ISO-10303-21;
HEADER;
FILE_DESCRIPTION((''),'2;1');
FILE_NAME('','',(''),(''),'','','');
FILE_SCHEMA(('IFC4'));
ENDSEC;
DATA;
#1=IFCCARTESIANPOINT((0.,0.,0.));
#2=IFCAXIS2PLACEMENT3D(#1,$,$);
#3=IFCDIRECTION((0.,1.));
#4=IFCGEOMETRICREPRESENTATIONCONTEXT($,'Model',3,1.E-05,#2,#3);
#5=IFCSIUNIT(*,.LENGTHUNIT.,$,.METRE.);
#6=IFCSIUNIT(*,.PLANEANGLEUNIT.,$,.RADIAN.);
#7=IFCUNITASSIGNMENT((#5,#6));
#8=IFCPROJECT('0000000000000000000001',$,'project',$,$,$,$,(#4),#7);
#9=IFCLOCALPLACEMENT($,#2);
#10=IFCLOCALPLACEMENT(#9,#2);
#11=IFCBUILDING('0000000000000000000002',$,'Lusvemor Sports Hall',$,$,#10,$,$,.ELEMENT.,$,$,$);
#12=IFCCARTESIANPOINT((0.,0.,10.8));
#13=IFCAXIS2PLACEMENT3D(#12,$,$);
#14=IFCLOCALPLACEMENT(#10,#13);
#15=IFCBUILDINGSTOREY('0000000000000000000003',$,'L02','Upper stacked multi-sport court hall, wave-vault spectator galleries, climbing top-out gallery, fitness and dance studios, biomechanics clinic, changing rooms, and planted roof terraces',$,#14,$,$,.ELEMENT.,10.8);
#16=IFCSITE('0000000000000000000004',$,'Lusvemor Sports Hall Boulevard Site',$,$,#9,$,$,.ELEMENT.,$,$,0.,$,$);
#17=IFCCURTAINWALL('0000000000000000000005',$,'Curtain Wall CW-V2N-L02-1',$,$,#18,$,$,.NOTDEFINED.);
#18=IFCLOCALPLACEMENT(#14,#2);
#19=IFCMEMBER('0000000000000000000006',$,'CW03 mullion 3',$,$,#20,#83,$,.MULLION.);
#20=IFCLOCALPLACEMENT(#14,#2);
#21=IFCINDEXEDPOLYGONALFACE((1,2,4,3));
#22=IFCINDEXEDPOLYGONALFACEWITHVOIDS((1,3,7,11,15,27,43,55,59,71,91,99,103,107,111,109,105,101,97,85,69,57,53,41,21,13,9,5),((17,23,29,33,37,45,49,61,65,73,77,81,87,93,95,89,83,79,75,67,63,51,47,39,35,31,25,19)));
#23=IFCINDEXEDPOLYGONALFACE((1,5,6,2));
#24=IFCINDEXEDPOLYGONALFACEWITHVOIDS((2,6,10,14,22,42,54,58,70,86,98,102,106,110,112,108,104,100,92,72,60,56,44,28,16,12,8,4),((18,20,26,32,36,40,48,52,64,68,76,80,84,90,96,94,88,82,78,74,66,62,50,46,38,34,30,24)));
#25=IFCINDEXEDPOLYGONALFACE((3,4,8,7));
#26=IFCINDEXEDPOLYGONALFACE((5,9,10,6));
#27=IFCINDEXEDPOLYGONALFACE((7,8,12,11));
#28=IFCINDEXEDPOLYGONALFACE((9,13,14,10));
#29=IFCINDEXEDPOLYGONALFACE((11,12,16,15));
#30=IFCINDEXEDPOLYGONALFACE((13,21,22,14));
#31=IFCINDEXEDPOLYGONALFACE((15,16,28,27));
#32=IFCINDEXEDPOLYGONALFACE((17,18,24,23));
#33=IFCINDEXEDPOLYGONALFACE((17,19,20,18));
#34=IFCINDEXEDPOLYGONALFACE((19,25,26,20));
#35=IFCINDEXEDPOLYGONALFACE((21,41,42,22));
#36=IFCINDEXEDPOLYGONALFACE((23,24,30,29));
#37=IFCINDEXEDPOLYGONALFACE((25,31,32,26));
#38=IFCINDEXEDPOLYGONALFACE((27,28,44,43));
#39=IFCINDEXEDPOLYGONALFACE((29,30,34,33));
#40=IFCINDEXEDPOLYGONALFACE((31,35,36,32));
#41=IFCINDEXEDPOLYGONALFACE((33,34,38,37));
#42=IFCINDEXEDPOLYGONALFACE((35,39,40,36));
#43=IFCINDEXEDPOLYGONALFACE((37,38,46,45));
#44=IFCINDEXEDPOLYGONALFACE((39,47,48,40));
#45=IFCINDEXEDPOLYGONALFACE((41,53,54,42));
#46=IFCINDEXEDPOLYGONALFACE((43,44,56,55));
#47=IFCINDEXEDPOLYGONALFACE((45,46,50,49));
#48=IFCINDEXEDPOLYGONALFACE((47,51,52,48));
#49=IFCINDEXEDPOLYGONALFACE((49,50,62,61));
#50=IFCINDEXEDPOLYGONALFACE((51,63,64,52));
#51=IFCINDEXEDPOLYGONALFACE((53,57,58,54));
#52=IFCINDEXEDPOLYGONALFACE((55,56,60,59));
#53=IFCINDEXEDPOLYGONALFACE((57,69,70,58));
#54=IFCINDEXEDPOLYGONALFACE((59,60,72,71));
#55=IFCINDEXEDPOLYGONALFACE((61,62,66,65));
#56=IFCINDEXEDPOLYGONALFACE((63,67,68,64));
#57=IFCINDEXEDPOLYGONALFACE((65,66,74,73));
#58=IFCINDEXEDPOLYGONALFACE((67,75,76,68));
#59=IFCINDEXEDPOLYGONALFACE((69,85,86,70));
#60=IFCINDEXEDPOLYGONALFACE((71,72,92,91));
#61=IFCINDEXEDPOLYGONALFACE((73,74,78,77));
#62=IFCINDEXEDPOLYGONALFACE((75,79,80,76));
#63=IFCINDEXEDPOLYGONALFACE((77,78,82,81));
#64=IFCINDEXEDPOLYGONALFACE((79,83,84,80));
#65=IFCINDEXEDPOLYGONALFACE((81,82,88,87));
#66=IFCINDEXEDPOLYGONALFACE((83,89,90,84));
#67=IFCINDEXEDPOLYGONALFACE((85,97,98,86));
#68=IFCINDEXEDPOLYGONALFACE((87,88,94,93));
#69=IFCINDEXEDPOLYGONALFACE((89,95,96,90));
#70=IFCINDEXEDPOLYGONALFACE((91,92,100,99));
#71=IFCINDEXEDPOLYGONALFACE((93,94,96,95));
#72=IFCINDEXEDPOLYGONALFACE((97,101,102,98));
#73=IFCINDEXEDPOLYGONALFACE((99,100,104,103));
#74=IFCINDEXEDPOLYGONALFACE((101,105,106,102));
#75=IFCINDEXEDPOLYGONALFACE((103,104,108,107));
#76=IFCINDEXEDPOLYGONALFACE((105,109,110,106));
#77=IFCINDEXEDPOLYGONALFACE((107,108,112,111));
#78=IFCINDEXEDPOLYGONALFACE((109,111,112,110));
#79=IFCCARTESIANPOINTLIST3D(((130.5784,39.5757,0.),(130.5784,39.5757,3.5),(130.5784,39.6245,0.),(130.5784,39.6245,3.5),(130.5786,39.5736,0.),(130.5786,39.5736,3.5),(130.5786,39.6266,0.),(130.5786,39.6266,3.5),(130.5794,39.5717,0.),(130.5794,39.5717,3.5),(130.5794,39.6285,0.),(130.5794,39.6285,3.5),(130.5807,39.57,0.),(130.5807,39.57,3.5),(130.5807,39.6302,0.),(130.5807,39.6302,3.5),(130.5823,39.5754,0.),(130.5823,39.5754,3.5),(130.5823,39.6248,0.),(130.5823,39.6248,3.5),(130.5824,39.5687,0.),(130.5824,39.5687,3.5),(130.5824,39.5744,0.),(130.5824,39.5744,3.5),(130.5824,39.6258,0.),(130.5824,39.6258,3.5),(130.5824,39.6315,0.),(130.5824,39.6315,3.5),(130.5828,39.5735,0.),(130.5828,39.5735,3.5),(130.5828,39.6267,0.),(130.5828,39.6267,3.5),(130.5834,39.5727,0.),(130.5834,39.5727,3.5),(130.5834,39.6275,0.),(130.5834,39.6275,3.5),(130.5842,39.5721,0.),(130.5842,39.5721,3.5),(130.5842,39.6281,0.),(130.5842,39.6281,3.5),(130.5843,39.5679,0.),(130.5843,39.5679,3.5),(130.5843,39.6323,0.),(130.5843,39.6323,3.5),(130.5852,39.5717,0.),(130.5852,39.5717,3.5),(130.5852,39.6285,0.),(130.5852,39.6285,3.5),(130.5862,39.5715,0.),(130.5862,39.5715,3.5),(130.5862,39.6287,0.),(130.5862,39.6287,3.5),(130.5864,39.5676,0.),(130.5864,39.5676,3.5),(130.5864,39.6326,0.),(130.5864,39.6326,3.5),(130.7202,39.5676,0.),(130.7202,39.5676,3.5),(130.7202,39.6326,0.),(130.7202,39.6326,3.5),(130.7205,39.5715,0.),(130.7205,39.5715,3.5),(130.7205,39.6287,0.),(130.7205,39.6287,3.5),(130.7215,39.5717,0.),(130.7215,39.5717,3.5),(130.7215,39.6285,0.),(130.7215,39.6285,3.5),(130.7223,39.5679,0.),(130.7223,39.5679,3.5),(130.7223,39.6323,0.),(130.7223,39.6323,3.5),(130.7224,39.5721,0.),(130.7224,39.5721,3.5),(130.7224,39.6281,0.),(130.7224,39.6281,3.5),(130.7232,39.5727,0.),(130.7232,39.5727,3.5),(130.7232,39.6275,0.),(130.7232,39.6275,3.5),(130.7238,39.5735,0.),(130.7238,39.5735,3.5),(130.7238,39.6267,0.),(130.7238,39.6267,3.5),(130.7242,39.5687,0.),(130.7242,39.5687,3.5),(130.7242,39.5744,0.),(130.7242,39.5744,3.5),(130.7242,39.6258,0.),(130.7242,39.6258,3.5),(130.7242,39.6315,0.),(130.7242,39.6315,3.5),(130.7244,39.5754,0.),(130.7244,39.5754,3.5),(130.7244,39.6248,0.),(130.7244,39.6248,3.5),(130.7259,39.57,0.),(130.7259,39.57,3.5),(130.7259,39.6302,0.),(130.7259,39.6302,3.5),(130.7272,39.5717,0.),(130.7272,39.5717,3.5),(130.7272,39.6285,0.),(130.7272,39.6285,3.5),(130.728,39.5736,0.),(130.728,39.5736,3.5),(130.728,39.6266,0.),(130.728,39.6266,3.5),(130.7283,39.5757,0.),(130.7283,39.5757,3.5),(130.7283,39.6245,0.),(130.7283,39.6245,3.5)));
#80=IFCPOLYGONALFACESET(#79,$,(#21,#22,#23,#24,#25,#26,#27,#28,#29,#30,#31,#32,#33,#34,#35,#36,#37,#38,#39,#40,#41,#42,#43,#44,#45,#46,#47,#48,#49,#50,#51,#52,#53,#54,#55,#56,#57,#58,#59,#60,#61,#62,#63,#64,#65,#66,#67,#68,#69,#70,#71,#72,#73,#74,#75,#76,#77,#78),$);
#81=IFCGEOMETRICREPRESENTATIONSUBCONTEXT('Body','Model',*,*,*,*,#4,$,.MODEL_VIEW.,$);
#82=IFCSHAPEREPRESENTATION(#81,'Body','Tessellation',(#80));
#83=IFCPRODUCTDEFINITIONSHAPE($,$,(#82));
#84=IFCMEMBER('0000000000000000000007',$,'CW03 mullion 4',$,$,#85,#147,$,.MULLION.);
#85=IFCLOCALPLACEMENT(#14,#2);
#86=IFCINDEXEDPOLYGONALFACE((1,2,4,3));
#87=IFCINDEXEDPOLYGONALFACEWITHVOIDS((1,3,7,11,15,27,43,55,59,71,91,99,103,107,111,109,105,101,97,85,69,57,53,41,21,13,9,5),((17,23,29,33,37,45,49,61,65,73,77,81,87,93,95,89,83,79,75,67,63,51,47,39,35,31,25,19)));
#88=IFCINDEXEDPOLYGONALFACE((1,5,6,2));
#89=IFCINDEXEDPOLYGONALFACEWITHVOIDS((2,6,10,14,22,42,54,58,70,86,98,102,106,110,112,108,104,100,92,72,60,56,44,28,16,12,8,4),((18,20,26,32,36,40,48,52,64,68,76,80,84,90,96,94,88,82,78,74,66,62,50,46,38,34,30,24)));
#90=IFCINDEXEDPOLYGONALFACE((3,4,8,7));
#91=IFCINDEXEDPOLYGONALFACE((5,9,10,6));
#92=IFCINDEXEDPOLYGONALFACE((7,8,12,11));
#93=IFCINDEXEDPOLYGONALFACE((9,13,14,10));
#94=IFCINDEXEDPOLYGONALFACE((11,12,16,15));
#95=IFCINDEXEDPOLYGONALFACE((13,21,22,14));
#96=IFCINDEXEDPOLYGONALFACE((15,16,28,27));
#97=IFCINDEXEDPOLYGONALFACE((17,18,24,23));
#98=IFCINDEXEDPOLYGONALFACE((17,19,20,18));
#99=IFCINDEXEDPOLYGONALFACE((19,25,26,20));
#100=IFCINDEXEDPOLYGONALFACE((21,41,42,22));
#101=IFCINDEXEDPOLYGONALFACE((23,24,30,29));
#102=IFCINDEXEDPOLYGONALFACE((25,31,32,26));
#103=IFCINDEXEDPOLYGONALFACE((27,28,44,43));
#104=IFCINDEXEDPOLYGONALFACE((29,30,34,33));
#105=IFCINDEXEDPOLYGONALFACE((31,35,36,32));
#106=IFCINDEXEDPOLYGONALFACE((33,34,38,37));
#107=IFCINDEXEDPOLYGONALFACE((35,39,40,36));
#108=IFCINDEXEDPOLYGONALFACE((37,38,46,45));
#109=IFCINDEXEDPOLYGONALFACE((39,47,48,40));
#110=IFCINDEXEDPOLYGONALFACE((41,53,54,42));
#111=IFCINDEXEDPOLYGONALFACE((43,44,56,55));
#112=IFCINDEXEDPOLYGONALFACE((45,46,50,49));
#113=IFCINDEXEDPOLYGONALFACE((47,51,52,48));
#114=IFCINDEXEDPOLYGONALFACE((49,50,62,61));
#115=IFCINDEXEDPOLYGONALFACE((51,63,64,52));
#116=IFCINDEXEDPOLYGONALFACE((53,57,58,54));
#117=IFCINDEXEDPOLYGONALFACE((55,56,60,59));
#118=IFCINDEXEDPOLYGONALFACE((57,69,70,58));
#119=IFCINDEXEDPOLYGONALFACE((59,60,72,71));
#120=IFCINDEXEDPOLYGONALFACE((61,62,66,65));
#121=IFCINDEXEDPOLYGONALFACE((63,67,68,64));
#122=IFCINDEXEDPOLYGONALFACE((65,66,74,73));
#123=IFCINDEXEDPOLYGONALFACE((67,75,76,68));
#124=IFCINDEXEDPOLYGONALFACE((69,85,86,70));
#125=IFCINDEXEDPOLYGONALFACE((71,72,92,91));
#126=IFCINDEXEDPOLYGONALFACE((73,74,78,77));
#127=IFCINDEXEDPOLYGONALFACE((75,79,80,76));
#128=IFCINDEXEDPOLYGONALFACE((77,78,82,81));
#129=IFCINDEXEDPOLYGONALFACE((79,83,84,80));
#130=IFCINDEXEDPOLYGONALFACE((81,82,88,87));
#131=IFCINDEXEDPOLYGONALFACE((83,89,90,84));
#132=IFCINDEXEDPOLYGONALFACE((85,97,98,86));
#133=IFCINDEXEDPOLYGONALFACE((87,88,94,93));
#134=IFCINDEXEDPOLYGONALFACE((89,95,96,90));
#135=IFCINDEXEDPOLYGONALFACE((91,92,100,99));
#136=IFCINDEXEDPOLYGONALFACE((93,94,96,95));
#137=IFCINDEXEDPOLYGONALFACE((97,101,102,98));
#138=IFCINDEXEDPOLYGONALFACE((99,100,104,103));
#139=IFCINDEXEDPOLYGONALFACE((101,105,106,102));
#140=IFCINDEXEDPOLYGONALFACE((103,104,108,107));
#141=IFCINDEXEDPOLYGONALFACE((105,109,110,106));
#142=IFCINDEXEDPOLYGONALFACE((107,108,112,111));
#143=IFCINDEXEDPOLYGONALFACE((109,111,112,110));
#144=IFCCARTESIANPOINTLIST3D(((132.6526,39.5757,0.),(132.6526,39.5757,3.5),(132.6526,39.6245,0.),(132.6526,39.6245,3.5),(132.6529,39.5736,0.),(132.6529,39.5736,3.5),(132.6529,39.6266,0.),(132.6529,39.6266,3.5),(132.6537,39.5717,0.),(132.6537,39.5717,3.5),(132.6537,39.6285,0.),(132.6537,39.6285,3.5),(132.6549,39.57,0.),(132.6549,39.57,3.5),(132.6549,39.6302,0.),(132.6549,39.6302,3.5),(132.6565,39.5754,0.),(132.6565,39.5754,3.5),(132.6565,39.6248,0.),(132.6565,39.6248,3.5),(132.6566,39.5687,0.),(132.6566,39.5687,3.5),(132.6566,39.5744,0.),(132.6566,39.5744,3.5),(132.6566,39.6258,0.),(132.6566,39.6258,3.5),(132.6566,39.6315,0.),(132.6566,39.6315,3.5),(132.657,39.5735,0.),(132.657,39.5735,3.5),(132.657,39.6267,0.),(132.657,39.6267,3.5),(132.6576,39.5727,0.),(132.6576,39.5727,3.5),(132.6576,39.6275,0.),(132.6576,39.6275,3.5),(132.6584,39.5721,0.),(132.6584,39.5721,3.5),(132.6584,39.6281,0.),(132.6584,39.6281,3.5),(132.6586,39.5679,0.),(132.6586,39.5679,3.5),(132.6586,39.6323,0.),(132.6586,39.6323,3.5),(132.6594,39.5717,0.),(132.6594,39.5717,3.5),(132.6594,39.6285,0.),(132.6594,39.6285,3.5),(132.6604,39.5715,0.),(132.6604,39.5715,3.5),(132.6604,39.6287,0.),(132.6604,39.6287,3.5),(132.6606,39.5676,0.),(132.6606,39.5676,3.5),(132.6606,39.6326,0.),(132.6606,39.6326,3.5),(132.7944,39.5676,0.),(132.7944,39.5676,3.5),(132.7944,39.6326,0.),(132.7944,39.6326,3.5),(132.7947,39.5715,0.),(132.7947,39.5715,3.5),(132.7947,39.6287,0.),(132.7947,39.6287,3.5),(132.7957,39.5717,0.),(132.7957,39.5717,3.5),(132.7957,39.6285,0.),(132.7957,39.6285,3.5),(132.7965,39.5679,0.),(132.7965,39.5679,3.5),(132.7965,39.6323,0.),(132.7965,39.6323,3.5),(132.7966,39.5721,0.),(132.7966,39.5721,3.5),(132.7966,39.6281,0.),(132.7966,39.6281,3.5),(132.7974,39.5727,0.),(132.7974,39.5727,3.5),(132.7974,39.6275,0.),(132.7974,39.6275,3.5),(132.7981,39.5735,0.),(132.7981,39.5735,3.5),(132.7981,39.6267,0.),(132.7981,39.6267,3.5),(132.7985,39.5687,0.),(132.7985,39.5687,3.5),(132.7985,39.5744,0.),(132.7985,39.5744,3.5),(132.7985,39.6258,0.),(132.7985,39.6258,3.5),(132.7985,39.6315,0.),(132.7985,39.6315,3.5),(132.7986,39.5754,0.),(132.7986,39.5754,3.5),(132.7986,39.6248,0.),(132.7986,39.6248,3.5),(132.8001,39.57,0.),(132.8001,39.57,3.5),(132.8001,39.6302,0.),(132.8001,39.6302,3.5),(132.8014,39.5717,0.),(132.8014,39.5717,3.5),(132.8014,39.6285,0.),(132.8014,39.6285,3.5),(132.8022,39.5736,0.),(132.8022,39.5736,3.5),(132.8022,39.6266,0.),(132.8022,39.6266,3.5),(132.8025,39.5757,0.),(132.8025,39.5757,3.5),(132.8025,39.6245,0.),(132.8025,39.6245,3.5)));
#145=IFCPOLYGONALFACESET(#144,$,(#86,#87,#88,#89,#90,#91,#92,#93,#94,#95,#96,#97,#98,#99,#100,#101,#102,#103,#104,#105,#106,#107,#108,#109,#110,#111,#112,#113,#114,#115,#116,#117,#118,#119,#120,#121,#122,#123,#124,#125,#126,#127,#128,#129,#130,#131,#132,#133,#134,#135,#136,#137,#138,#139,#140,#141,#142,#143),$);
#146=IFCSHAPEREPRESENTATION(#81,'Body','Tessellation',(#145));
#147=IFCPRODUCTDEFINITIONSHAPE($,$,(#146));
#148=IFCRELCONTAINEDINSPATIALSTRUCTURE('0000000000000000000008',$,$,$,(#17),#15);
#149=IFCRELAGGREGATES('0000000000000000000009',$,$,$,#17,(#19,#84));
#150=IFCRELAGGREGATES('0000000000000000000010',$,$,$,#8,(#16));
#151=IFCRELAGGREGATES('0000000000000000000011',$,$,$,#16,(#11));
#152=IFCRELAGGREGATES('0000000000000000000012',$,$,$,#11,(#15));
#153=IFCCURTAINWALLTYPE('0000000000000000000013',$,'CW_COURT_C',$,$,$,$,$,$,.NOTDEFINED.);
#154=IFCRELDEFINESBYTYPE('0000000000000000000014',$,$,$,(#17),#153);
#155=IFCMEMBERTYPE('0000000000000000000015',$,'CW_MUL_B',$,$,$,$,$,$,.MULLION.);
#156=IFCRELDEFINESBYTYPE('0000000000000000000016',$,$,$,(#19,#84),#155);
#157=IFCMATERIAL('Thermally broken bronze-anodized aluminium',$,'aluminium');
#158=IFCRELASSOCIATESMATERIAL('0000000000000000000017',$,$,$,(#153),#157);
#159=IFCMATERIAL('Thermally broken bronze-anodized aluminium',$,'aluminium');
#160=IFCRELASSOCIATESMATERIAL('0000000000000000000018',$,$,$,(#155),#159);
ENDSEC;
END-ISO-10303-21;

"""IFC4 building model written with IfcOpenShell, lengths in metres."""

from ifc_helpers import new_model, si_unit, direction, frame, origin, origin_2d, place, context, subcontext, project, spatial, hollow_rectangle, extrude, material, material_profile, profile_set, type_object, element, aggregate, save


model = new_model("IFC4")

# Units and contexts
model_context = context("Model", 3, precision=1e-05, world=origin(), true_north=direction((0.0, 1.0)))
body_context = subcontext(model_context, "Body", "Model", "MODEL_VIEW")
ifc_project = project(units=[si_unit("LENGTHUNIT", "METRE"), si_unit("PLANEANGLEUNIT", "RADIAN")], contexts=[model_context])

# Site, building, storey
site_placement = place(None, origin())
site = spatial("IfcSite", under=ifc_project, at=site_placement, Name="Lusvemor Sports Hall Boulevard Site", CompositionType="ELEMENT", RefElevation=0.0)
building_placement = place(site_placement, origin())
building = spatial("IfcBuilding", under=site, at=building_placement, Name="Lusvemor Sports Hall", CompositionType="ELEMENT")
storey_placement = place(building_placement, frame((0.0, 0.0, 10.8)))
storey = spatial("IfcBuildingStorey", under=building, at=storey_placement, Name="L02", Description="Upper stacked multi-sport court hall, wave-vault spectator galleries, climbing top-out gallery, fitness and dance studios, biomechanics clinic, changing rooms, and planted roof terraces", CompositionType="ELEMENT", Elevation=10.8)

# Curtain wall, members
ifc_material_1 = material(Name="Thermally broken bronze-anodized aluminium", Category="aluminium")
curtain_wall_type_1 = type_object("IfcCurtainWallType", Name="CW_COURT_C", PredefinedType="NOTDEFINED", material=ifc_material_1)
curtain_wall_1_placement = place(storey_placement, origin())
curtain_wall_1 = element("IfcCurtainWall", 1, at=curtain_wall_1_placement, inside=storey, type_object=curtain_wall_type_1, Name="Curtain Wall CW-V2N-L02-1", PredefinedType="NOTDEFINED")
ifc_material_2 = material(Name="Thermally broken bronze-anodized aluminium", Category="aluminium")
ifc_material_profile_1 = material_profile(ifc_material_2, hollow_rectangle(XDim=0.0649, YDim=0.1499, WallThickness=0.0039, InnerFilletRadius=0.0039, OuterFilletRadius=0.0081, at=origin_2d()), Name="CWMUL150x65x4")
ifc_profile_set_1 = profile_set([ifc_material_profile_1], Name="Thermally broken bronze-anodized aluminium")
member_type_1 = type_object("IfcMemberType", Name="CW_MUL_B", PredefinedType="MULLION", material=ifc_profile_set_1)
member_1_placement = place(storey_placement, frame((130.6533, 39.6001, 0.0), z_axis=(0.0, 0.0, 1.0), x_axis=(0.0, 1.0, 0.0)))
member_1 = element("IfcMember", 2, at=member_1_placement, type_object=member_type_1, Name="CW03 mullion 3", PredefinedType="MULLION", context=body_context, shape_type="SweptSolid", body=[
    extrude(hollow_rectangle(XDim=0.0649, YDim=0.1499, WallThickness=0.0039, InnerFilletRadius=0.0039, OuterFilletRadius=0.0081, at=origin_2d()), origin(), (0.0, 0.0, 1.0), 3.5),
])
member_2_placement = place(storey_placement, frame((132.7275, 39.6001, 0.0), z_axis=(0.0, 0.0, 1.0), x_axis=(0.0, 1.0, 0.0)))
member_2 = element("IfcMember", 3, at=member_2_placement, type_object=member_type_1, Name="CW03 mullion 4", PredefinedType="MULLION", context=body_context, shape_type="SweptSolid", body=[
    extrude(hollow_rectangle(XDim=0.0649, YDim=0.1499, WallThickness=0.0039, InnerFilletRadius=0.0039, OuterFilletRadius=0.0081, at=origin_2d()), origin(), (0.0, 0.0, 1.0), 3.5),
])

aggregate(curtain_wall_1, [member_1, member_2])

save(model, "model.ifc")
